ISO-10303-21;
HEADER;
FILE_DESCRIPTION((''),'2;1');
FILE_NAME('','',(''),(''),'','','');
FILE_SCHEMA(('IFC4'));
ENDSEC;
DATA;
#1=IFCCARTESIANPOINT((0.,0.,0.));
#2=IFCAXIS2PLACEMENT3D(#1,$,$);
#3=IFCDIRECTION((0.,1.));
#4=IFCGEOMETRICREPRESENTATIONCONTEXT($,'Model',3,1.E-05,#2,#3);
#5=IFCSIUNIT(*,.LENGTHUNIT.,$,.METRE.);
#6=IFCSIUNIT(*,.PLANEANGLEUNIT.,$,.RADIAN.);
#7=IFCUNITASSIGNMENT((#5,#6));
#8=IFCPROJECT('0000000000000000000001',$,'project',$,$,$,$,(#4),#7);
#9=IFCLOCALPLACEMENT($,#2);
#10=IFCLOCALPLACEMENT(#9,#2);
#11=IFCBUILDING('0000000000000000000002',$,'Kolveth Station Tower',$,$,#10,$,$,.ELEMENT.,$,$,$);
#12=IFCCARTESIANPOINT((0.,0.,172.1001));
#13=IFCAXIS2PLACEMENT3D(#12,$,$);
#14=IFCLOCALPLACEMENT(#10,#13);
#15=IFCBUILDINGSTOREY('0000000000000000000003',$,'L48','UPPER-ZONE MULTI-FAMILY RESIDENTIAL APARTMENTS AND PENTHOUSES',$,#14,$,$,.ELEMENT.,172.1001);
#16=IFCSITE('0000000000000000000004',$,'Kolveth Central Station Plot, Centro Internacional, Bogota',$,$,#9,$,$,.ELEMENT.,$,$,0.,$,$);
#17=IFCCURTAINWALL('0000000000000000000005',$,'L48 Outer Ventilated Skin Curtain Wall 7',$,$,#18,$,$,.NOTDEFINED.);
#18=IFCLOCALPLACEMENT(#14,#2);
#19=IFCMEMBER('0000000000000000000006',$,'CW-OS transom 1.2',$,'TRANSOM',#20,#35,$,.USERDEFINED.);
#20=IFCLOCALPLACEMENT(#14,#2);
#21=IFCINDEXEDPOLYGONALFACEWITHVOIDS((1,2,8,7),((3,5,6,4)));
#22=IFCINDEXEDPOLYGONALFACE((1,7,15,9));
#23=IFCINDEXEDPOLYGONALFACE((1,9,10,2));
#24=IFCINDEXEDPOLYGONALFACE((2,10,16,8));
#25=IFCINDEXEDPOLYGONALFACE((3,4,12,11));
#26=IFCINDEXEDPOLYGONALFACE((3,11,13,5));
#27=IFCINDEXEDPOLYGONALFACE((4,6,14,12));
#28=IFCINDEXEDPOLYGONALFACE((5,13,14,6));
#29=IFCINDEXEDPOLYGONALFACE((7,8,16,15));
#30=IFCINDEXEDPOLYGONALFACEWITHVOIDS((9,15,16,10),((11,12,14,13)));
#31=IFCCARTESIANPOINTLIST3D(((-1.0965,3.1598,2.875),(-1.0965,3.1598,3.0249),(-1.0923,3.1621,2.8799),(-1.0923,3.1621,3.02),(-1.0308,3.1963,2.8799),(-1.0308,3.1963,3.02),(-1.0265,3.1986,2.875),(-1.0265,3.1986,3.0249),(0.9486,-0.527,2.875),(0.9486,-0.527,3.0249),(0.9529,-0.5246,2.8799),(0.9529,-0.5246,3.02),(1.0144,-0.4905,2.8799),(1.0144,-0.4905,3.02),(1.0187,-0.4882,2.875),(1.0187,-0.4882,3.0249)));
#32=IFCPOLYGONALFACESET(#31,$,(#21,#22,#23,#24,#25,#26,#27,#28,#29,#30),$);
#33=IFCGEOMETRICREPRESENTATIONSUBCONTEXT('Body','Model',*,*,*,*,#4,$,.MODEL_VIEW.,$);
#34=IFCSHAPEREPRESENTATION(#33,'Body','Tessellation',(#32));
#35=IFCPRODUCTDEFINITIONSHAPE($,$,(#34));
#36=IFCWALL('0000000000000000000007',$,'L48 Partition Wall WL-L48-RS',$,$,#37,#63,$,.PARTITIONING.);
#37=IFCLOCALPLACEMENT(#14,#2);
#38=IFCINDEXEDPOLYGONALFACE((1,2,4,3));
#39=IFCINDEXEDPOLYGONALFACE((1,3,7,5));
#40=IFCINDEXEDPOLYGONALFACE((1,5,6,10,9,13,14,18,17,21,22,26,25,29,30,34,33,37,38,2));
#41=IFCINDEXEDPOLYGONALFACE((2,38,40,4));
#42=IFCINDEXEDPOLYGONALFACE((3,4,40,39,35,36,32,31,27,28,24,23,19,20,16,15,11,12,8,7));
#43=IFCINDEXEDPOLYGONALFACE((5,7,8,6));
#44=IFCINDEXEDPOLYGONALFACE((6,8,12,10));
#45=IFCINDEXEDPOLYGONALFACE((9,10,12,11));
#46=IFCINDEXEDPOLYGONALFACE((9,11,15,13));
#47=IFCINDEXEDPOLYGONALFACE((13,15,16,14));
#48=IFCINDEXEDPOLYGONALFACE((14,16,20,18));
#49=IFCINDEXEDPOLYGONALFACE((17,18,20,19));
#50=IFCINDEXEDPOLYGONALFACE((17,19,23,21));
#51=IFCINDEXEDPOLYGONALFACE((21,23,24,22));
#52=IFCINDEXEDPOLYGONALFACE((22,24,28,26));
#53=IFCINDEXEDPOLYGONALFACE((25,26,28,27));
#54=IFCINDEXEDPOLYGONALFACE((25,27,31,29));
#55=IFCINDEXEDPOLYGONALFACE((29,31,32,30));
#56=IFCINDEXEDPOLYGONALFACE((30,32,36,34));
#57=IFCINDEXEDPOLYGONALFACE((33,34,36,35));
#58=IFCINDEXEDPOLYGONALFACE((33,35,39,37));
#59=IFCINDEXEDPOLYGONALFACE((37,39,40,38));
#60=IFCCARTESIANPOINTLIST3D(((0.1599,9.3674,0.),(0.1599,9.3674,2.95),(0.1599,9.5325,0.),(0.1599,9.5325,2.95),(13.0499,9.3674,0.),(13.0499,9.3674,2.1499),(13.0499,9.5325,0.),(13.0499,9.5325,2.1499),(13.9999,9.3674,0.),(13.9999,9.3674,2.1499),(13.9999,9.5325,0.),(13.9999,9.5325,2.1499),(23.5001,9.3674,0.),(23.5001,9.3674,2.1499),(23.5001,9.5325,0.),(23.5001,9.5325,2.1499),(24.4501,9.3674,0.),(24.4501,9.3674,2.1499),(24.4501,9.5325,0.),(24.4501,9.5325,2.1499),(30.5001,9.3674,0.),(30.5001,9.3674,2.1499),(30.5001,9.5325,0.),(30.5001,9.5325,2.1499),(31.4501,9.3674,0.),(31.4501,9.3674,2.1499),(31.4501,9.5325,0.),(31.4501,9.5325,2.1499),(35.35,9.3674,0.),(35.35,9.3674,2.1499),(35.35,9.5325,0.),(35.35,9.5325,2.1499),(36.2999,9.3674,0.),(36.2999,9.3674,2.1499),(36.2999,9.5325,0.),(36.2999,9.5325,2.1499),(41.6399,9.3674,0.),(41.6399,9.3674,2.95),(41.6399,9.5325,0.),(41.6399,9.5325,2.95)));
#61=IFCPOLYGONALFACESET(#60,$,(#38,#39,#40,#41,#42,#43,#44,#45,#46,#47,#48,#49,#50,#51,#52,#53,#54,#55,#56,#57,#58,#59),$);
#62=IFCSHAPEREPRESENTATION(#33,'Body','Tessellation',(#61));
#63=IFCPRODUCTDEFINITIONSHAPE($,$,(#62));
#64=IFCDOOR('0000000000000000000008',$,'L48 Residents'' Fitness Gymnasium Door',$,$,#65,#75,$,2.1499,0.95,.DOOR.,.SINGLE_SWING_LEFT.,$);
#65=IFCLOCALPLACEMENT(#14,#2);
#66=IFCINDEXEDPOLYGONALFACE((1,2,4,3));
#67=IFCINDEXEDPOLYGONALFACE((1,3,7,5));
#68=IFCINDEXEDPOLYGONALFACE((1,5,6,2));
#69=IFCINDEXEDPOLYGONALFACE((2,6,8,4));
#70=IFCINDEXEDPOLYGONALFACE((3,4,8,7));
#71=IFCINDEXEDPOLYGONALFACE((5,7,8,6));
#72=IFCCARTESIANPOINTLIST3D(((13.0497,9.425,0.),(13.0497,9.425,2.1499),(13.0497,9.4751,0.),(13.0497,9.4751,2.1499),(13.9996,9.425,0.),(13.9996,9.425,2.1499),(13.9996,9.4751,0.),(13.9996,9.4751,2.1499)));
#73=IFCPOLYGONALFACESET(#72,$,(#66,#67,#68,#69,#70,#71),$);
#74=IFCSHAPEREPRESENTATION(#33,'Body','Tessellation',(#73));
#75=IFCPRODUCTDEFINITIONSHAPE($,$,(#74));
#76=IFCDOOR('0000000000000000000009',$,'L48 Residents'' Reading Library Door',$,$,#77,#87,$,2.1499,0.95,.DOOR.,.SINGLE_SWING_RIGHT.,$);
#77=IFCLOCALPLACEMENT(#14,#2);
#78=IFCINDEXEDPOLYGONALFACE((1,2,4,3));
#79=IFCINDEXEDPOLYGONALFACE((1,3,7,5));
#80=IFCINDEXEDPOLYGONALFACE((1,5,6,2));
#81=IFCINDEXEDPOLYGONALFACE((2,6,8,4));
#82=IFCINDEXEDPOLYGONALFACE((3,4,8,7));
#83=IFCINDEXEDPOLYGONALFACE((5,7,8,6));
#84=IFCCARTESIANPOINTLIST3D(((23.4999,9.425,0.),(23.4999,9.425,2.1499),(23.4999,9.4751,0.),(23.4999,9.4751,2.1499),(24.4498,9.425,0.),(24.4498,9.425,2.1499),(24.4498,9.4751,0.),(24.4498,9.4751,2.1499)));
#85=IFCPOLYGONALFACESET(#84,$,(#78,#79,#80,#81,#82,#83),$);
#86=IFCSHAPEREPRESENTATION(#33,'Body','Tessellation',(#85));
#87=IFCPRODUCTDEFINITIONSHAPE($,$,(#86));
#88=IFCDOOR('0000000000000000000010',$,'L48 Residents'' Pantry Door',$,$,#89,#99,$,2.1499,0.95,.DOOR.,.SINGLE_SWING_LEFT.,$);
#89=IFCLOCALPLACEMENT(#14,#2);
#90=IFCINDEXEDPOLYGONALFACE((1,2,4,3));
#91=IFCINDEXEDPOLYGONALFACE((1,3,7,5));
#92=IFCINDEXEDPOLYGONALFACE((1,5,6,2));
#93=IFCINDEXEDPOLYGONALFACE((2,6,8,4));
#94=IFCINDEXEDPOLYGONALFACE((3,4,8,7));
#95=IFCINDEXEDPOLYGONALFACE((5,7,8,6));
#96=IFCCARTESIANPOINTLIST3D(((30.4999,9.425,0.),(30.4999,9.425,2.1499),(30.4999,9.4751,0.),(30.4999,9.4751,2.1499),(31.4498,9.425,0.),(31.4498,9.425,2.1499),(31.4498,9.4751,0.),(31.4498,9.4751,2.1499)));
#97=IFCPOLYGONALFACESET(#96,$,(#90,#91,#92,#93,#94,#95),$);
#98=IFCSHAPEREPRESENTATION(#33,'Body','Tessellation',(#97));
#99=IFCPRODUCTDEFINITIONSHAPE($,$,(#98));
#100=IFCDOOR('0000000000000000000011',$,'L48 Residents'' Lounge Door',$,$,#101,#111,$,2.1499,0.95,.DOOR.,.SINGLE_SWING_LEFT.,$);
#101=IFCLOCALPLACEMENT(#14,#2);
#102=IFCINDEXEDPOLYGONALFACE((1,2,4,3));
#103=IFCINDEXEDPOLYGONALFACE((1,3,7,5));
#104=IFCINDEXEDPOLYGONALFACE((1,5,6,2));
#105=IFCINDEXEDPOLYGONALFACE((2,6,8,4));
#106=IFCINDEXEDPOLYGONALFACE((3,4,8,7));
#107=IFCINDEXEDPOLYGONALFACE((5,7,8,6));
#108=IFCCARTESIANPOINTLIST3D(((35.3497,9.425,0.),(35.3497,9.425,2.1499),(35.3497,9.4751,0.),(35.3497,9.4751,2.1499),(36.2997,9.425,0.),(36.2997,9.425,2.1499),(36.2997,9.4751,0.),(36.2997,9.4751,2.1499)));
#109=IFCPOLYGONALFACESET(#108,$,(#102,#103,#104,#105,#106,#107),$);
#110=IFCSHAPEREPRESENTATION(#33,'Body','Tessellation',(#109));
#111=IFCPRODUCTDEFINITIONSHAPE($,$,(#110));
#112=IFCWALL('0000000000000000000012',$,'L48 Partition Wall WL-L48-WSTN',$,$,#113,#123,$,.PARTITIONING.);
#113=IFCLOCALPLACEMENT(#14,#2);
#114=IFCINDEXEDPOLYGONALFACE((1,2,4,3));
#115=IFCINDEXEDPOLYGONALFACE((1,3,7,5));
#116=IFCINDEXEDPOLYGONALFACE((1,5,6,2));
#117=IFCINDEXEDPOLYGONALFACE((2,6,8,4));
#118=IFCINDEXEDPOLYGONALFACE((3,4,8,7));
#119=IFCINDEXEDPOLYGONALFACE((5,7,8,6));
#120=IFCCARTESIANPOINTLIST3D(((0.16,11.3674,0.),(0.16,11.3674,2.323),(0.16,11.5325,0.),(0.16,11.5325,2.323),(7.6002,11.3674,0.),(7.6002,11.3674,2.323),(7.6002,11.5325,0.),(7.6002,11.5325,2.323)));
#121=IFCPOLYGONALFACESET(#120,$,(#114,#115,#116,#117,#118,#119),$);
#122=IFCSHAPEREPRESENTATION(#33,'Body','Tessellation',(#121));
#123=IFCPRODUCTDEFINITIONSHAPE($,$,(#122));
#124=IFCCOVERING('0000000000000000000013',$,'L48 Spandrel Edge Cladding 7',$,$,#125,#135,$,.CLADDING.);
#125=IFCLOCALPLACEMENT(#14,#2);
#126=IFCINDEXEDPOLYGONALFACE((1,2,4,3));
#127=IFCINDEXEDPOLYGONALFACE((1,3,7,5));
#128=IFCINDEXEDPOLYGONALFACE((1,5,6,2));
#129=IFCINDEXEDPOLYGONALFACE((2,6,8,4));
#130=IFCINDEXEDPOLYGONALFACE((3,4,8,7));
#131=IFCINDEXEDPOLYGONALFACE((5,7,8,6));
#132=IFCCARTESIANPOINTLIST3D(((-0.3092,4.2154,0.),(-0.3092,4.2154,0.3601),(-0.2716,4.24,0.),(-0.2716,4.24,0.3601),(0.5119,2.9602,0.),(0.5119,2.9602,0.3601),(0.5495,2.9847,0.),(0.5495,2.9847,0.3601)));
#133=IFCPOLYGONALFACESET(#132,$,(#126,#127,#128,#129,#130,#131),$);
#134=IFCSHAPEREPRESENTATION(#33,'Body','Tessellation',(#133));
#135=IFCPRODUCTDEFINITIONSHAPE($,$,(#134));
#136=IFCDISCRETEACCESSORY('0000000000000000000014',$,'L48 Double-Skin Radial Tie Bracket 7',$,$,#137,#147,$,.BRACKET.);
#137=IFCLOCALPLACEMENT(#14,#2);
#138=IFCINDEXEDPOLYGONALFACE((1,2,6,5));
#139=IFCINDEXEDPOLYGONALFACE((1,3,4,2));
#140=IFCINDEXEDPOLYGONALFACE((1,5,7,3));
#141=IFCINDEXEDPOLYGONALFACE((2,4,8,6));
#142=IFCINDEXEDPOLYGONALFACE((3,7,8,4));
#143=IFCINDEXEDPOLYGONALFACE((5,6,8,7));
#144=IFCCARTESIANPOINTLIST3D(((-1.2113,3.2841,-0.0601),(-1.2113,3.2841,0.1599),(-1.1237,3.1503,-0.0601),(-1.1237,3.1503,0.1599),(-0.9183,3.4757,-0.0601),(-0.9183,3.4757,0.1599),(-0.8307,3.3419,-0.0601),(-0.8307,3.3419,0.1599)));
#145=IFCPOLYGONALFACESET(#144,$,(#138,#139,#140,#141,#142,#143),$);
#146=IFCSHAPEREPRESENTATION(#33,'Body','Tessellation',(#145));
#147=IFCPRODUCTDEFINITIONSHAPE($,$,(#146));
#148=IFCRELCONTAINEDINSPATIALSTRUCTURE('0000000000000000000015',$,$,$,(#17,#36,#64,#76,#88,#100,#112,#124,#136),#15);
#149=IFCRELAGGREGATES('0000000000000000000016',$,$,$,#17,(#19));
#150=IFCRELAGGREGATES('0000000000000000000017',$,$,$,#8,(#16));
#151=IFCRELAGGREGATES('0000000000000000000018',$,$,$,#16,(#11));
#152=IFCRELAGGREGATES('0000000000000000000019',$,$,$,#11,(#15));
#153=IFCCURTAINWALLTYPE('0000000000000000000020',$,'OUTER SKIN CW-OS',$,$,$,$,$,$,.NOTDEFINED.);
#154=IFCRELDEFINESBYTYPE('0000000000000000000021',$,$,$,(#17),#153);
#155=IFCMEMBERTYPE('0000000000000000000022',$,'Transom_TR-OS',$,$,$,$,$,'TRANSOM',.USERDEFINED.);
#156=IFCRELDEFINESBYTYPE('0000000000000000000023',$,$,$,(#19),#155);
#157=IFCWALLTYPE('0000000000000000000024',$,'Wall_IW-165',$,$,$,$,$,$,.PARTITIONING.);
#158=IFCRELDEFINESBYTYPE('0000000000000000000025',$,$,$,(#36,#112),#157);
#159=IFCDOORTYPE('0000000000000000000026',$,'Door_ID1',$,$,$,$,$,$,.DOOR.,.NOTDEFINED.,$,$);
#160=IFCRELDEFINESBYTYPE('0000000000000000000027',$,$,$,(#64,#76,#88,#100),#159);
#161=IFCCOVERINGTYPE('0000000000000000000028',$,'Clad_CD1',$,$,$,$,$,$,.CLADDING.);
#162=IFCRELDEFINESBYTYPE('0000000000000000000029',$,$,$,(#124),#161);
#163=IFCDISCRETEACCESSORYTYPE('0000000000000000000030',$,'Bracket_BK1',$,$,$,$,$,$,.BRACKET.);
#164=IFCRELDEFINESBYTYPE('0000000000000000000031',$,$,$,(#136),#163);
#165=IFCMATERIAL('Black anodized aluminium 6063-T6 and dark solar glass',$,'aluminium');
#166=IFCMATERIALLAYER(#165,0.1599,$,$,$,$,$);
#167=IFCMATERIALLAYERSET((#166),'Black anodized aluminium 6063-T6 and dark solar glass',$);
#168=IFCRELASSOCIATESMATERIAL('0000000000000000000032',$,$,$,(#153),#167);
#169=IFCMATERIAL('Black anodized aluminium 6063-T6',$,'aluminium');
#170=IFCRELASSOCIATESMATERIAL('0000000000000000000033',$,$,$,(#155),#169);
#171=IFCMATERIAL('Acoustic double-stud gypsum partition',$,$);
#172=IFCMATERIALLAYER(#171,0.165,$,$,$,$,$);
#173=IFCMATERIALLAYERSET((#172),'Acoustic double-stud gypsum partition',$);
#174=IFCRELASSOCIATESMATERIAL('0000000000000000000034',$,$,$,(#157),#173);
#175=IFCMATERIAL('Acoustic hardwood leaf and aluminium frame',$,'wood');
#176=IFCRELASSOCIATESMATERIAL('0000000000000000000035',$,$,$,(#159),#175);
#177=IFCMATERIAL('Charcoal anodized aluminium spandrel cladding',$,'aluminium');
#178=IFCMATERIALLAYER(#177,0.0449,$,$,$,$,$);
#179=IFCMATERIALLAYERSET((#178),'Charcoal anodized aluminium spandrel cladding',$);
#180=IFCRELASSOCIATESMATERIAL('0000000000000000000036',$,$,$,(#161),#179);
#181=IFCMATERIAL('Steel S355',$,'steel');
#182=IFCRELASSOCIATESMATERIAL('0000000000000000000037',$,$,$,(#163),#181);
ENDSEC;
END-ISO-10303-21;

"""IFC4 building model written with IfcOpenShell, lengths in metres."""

from ifc_helpers import new_model, si_unit, direction, frame, frame_2d, origin, origin_2d, place, context, subcontext, project, spatial, rectangle, hollow_rectangle, extrude, source, transform, mapped, material, layer, layer_set, material_profile, profile_set, type_object, element, fill, aggregate, save


model = new_model("IFC4")

# Units and contexts
model_context = context("Model", 3, precision=1e-05, world=origin(), true_north=direction((0.0, 1.0)))
body_context = subcontext(model_context, "Body", "Model", "MODEL_VIEW")
ifc_project = project(units=[si_unit("LENGTHUNIT", "METRE"), si_unit("PLANEANGLEUNIT", "RADIAN")], contexts=[model_context])

# Site, building, storey
site_placement = place(None, origin())
site = spatial("IfcSite", under=ifc_project, at=site_placement, Name="Kolveth Central Station Plot, Centro Internacional, Bogota", CompositionType="ELEMENT", RefElevation=0.0)
building_placement = place(site_placement, origin())
building = spatial("IfcBuilding", under=site, at=building_placement, Name="Kolveth Station Tower", CompositionType="ELEMENT")
storey_placement = place(building_placement, frame((0.0, 0.0, 172.1001)))
storey = spatial("IfcBuildingStorey", under=building, at=storey_placement, Name="L48", Description="UPPER-ZONE MULTI-FAMILY RESIDENTIAL APARTMENTS AND PENTHOUSES", CompositionType="ELEMENT", Elevation=172.1001)

# Shared definitions
ifc_material_1 = material(Name="Steel S355", Category="steel")

# Curtain wall
ifc_material_2 = material(Name="Black anodized aluminium 6063-T6", Category="aluminium")
ifc_material_3 = material(Name="Black anodized aluminium 6063-T6 and dark solar glass", Category="aluminium")
ifc_layer_1 = layer(ifc_material_3, 0.1599)
ifc_layer_set_1 = layer_set([ifc_layer_1], Name="Black anodized aluminium 6063-T6 and dark solar glass")
curtain_wall_type_1 = type_object("IfcCurtainWallType", Name="OUTER SKIN CW-OS", PredefinedType="NOTDEFINED", material=ifc_layer_set_1)
curtain_wall_1_placement = place(storey_placement, origin())
curtain_wall_1 = element("IfcCurtainWall", 1, at=curtain_wall_1_placement, inside=storey, type_object=curtain_wall_type_1, Name="L48 Outer Ventilated Skin Curtain Wall 7", PredefinedType="NOTDEFINED")

# Member
ifc_material_profile_1 = material_profile(ifc_material_2, hollow_rectangle(XDim=0.0801, YDim=0.1499, WallThickness=0.0049, at=origin_2d()), Name="ALU-80x150x5")
ifc_profile_set_1 = profile_set([ifc_material_profile_1], Name="Black anodized aluminium 6063-T6")
member_type_1 = type_object("IfcMemberType", Name="Transom_TR-OS", ElementType="TRANSOM", PredefinedType="USERDEFINED", material=ifc_profile_set_1)
shared_shape_1 = source(origin(), body_context, "Body", "SweptSolid", [
    extrude(hollow_rectangle(XDim=0.0801, YDim=0.1499, WallThickness=0.0049, at=origin_2d()), origin(), (0.0, 0.0, 1.0), 4.2161),
])
member_1_placement = place(storey_placement, frame((-1.0615, 3.1792, 2.95), z_axis=(0.485092, -0.874463, 0.0), x_axis=(0.874463, 0.485092, 0.0)))
member_1 = element("IfcMember", 2, at=member_1_placement, type_object=member_type_1, Name="CW-OS transom 1.2", ObjectType="TRANSOM", PredefinedType="USERDEFINED", context=body_context, shape_type="MappedRepresentation", body=[
    mapped(shared_shape_1, transform((0.0, 0.0, 0.0), x_axis=(1.0, 0.0, 0.0), y_axis=(0.0, 1.0, 0.0), z_axis=(0.0, 0.0, 1.0), scale=1.0)),
])
aggregate(curtain_wall_1, [member_1])

# Wall, openings, doors
ifc_material_4 = material(Name="Acoustic double-stud gypsum partition")
ifc_layer_2 = layer(ifc_material_4, 0.165)
ifc_layer_set_2 = layer_set([ifc_layer_2], Name="Acoustic double-stud gypsum partition")
wall_type = type_object("IfcWallType", Name="Wall_IW-165", PredefinedType="PARTITIONING", material=ifc_layer_set_2)
wall_1_placement = place(storey_placement, frame((0.1599, 9.45, 0.0), z_axis=(0.0, 0.0, 1.0), x_axis=(1.0, 0.0, 0.0)))
wall_1 = element("IfcWall", 3, at=wall_1_placement, inside=storey, type_object=wall_type, Name="L48 Partition Wall WL-L48-RS", PredefinedType="PARTITIONING", context=body_context, shape_type="SweptSolid", body=[
    extrude(rectangle(XDim=41.48, YDim=0.165, at=frame_2d((20.74, 0.0))), origin(), (0.0, 0.0, 1.0), 2.95),
])
opening_1_placement = place(wall_1_placement, frame((12.8899, 0.0, 0.0)))
opening_1 = element("IfcOpeningElement", 4, at=opening_1_placement, cuts=wall_1, PredefinedType="OPENING", context=body_context, shape_type="SweptSolid", body=[
    extrude(rectangle(XDim=0.95, YDim=2.1499, at=frame_2d((0.4751, 1.075))), frame((0.0, 0.0925, 0.0), z_axis=(0.0, -1.0, 0.0), x_axis=(1.0, 0.0, 0.0)), (0.0, 0.0, 1.0), 0.1851),
])
opening_2_placement = place(wall_1_placement, frame((23.3401, 0.0, 0.0)))
opening_2 = element("IfcOpeningElement", 5, at=opening_2_placement, cuts=wall_1, PredefinedType="OPENING", context=body_context, shape_type="SweptSolid", body=[
    extrude(rectangle(XDim=0.95, YDim=2.1499, at=frame_2d((0.4751, 1.075))), frame((0.0, 0.0925, 0.0), z_axis=(0.0, -1.0, 0.0), x_axis=(1.0, 0.0, 0.0)), (0.0, 0.0, 1.0), 0.1851),
])
opening_3_placement = place(wall_1_placement, frame((30.3401, 0.0, 0.0)))
opening_3 = element("IfcOpeningElement", 6, at=opening_3_placement, cuts=wall_1, PredefinedType="OPENING", context=body_context, shape_type="SweptSolid", body=[
    extrude(rectangle(XDim=0.95, YDim=2.1499, at=frame_2d((0.4751, 1.075))), frame((0.0, 0.0925, 0.0), z_axis=(0.0, -1.0, 0.0), x_axis=(1.0, 0.0, 0.0)), (0.0, 0.0, 1.0), 0.1851),
])
opening_4_placement = place(wall_1_placement, frame((35.1899, 0.0, 0.0)))
opening_4 = element("IfcOpeningElement", 7, at=opening_4_placement, cuts=wall_1, PredefinedType="OPENING", context=body_context, shape_type="SweptSolid", body=[
    extrude(rectangle(XDim=0.95, YDim=2.1499, at=frame_2d((0.4751, 1.075))), frame((0.0, 0.0925, 0.0), z_axis=(0.0, -1.0, 0.0), x_axis=(1.0, 0.0, 0.0)), (0.0, 0.0, 1.0), 0.1851),
])
ifc_material_5 = material(Name="Acoustic hardwood leaf and aluminium frame", Category="wood")
door_type = type_object("IfcDoorType", Name="Door_ID1", OperationType="NOTDEFINED", PredefinedType="DOOR", material=ifc_material_5)
door_1_placement = place(opening_1_placement, frame((0.95, 0.0, 0.0), z_axis=(0.0, 0.0, 1.0), x_axis=(-1.0, 0.0, 0.0)))
door_1 = element("IfcDoor", 8, at=door_1_placement, inside=storey, type_object=door_type, Name="L48 Residents' Fitness Gymnasium Door", OperationType="SINGLE_SWING_LEFT", OverallHeight=2.1499, OverallWidth=0.95, PredefinedType="DOOR", context=body_context, shape_type="SweptSolid", body=[
    extrude(rectangle(XDim=0.95, YDim=2.1499, at=frame_2d((0.4751, 1.075))), frame((0.0, 0.0249, 0.0), z_axis=(0.0, -1.0, 0.0), x_axis=(1.0, 0.0, 0.0)), (0.0, 0.0, 1.0), 0.05),
])
fill(opening_1, door_1)
door_2_placement = place(opening_2_placement, frame((0.95, 0.0, 0.0), z_axis=(0.0, 0.0, 1.0), x_axis=(-1.0, 0.0, 0.0)))
door_2 = element("IfcDoor", 9, at=door_2_placement, inside=storey, type_object=door_type, Name="L48 Residents' Reading Library Door", OperationType="SINGLE_SWING_RIGHT", OverallHeight=2.1499, OverallWidth=0.95, PredefinedType="DOOR", context=body_context, shape_type="SweptSolid", body=[
    extrude(rectangle(XDim=0.95, YDim=2.1499, at=frame_2d((0.4751, 1.075))), frame((0.0, 0.0249, 0.0), z_axis=(0.0, -1.0, 0.0), x_axis=(1.0, 0.0, 0.0)), (0.0, 0.0, 1.0), 0.05),
])
fill(opening_2, door_2)
door_3_placement = place(opening_3_placement, frame((0.95, 0.0, 0.0), z_axis=(0.0, 0.0, 1.0), x_axis=(-1.0, 0.0, 0.0)))
door_3 = element("IfcDoor", 10, at=door_3_placement, inside=storey, type_object=door_type, Name="L48 Residents' Pantry Door", OperationType="SINGLE_SWING_LEFT", OverallHeight=2.1499, OverallWidth=0.95, PredefinedType="DOOR", context=body_context, shape_type="SweptSolid", body=[
    extrude(rectangle(XDim=0.95, YDim=2.1499, at=frame_2d((0.4751, 1.075))), frame((0.0, 0.0249, 0.0), z_axis=(0.0, -1.0, 0.0), x_axis=(1.0, 0.0, 0.0)), (0.0, 0.0, 1.0), 0.05),
])
fill(opening_3, door_3)
door_4_placement = place(opening_4_placement, frame((0.95, 0.0, 0.0), z_axis=(0.0, 0.0, 1.0), x_axis=(-1.0, 0.0, 0.0)))
door_4 = element("IfcDoor", 11, at=door_4_placement, inside=storey, type_object=door_type, Name="L48 Residents' Lounge Door", OperationType="SINGLE_SWING_LEFT", OverallHeight=2.1499, OverallWidth=0.95, PredefinedType="DOOR", context=body_context, shape_type="SweptSolid", body=[
    extrude(rectangle(XDim=0.95, YDim=2.1499, at=frame_2d((0.4751, 1.075))), frame((0.0, 0.0249, 0.0), z_axis=(0.0, -1.0, 0.0), x_axis=(1.0, 0.0, 0.0)), (0.0, 0.0, 1.0), 0.05),
])
fill(opening_4, door_4)

# Wall
wall_2_placement = place(storey_placement, frame((0.1599, 11.45, 0.0), z_axis=(0.0, 0.0, 1.0), x_axis=(1.0, 0.0, 0.0)))
element("IfcWall", 12, at=wall_2_placement, inside=storey, type_object=wall_type, Name="L48 Partition Wall WL-L48-WSTN", PredefinedType="PARTITIONING", context=body_context, shape_type="SweptSolid", body=[
    extrude(rectangle(XDim=7.4402, YDim=0.165, at=frame_2d((3.7202, 0.0))), origin(), (0.0, 0.0, 1.0), 2.323),
])

# Covering
ifc_material_6 = material(Name="Charcoal anodized aluminium spandrel cladding", Category="aluminium")
ifc_layer_3 = layer(ifc_material_6, 0.0449)
ifc_layer_set_3 = layer_set([ifc_layer_3], Name="Charcoal anodized aluminium spandrel cladding")
covering_type = type_object("IfcCoveringType", Name="Clad_CD1", PredefinedType="CLADDING", material=ifc_layer_set_3)
shared_shape_2 = source(origin(), body_context, "Body", "SweptSolid", [
    extrude(rectangle(XDim=1.5, YDim=0.0449, at=origin_2d()), origin(), (0.0, 0.0, 1.0), 0.3601),
])
covering_placement = place(storey_placement, frame((0.1201, 3.6001, 0.0), z_axis=(0.0, 0.0, 1.0), x_axis=(0.547417, -0.83686, 0.0)))
element("IfcCovering", 13, at=covering_placement, inside=storey, type_object=covering_type, Name="L48 Spandrel Edge Cladding 7", PredefinedType="CLADDING", context=body_context, shape_type="MappedRepresentation", body=[
    mapped(shared_shape_2, transform((0.0, 0.0, 0.0), x_axis=(1.0, 0.0, 0.0), y_axis=(0.0, 1.0, 0.0), z_axis=(0.0, 0.0, 1.0), scale=1.0)),
])

# Discrete accessory
discrete_accessory_type = type_object("IfcDiscreteAccessoryType", Name="Bracket_BK1", PredefinedType="BRACKET", material=ifc_material_1)
shared_shape_3 = source(origin(), body_context, "Body", "SweptSolid", [
    extrude(rectangle(XDim=0.3501, YDim=0.1599, at=origin_2d()), origin(), (0.0, 0.0, 1.0), 0.22),
])
discrete_accessory_placement = place(storey_placement, frame((-1.021, 3.313, -0.0601), z_axis=(0.0, 0.0, 1.0), x_axis=(-0.83686, -0.547417, 0.0)))
element("IfcDiscreteAccessory", 14, at=discrete_accessory_placement, inside=storey, type_object=discrete_accessory_type, Name="L48 Double-Skin Radial Tie Bracket 7", PredefinedType="BRACKET", context=body_context, shape_type="MappedRepresentation", body=[
    mapped(shared_shape_3, transform((0.0, 0.0, 0.0), x_axis=(1.0, 0.0, 0.0), y_axis=(0.0, 1.0, 0.0), z_axis=(0.0, 0.0, 1.0), scale=1.0)),
])

save(model, "model.ifc")
